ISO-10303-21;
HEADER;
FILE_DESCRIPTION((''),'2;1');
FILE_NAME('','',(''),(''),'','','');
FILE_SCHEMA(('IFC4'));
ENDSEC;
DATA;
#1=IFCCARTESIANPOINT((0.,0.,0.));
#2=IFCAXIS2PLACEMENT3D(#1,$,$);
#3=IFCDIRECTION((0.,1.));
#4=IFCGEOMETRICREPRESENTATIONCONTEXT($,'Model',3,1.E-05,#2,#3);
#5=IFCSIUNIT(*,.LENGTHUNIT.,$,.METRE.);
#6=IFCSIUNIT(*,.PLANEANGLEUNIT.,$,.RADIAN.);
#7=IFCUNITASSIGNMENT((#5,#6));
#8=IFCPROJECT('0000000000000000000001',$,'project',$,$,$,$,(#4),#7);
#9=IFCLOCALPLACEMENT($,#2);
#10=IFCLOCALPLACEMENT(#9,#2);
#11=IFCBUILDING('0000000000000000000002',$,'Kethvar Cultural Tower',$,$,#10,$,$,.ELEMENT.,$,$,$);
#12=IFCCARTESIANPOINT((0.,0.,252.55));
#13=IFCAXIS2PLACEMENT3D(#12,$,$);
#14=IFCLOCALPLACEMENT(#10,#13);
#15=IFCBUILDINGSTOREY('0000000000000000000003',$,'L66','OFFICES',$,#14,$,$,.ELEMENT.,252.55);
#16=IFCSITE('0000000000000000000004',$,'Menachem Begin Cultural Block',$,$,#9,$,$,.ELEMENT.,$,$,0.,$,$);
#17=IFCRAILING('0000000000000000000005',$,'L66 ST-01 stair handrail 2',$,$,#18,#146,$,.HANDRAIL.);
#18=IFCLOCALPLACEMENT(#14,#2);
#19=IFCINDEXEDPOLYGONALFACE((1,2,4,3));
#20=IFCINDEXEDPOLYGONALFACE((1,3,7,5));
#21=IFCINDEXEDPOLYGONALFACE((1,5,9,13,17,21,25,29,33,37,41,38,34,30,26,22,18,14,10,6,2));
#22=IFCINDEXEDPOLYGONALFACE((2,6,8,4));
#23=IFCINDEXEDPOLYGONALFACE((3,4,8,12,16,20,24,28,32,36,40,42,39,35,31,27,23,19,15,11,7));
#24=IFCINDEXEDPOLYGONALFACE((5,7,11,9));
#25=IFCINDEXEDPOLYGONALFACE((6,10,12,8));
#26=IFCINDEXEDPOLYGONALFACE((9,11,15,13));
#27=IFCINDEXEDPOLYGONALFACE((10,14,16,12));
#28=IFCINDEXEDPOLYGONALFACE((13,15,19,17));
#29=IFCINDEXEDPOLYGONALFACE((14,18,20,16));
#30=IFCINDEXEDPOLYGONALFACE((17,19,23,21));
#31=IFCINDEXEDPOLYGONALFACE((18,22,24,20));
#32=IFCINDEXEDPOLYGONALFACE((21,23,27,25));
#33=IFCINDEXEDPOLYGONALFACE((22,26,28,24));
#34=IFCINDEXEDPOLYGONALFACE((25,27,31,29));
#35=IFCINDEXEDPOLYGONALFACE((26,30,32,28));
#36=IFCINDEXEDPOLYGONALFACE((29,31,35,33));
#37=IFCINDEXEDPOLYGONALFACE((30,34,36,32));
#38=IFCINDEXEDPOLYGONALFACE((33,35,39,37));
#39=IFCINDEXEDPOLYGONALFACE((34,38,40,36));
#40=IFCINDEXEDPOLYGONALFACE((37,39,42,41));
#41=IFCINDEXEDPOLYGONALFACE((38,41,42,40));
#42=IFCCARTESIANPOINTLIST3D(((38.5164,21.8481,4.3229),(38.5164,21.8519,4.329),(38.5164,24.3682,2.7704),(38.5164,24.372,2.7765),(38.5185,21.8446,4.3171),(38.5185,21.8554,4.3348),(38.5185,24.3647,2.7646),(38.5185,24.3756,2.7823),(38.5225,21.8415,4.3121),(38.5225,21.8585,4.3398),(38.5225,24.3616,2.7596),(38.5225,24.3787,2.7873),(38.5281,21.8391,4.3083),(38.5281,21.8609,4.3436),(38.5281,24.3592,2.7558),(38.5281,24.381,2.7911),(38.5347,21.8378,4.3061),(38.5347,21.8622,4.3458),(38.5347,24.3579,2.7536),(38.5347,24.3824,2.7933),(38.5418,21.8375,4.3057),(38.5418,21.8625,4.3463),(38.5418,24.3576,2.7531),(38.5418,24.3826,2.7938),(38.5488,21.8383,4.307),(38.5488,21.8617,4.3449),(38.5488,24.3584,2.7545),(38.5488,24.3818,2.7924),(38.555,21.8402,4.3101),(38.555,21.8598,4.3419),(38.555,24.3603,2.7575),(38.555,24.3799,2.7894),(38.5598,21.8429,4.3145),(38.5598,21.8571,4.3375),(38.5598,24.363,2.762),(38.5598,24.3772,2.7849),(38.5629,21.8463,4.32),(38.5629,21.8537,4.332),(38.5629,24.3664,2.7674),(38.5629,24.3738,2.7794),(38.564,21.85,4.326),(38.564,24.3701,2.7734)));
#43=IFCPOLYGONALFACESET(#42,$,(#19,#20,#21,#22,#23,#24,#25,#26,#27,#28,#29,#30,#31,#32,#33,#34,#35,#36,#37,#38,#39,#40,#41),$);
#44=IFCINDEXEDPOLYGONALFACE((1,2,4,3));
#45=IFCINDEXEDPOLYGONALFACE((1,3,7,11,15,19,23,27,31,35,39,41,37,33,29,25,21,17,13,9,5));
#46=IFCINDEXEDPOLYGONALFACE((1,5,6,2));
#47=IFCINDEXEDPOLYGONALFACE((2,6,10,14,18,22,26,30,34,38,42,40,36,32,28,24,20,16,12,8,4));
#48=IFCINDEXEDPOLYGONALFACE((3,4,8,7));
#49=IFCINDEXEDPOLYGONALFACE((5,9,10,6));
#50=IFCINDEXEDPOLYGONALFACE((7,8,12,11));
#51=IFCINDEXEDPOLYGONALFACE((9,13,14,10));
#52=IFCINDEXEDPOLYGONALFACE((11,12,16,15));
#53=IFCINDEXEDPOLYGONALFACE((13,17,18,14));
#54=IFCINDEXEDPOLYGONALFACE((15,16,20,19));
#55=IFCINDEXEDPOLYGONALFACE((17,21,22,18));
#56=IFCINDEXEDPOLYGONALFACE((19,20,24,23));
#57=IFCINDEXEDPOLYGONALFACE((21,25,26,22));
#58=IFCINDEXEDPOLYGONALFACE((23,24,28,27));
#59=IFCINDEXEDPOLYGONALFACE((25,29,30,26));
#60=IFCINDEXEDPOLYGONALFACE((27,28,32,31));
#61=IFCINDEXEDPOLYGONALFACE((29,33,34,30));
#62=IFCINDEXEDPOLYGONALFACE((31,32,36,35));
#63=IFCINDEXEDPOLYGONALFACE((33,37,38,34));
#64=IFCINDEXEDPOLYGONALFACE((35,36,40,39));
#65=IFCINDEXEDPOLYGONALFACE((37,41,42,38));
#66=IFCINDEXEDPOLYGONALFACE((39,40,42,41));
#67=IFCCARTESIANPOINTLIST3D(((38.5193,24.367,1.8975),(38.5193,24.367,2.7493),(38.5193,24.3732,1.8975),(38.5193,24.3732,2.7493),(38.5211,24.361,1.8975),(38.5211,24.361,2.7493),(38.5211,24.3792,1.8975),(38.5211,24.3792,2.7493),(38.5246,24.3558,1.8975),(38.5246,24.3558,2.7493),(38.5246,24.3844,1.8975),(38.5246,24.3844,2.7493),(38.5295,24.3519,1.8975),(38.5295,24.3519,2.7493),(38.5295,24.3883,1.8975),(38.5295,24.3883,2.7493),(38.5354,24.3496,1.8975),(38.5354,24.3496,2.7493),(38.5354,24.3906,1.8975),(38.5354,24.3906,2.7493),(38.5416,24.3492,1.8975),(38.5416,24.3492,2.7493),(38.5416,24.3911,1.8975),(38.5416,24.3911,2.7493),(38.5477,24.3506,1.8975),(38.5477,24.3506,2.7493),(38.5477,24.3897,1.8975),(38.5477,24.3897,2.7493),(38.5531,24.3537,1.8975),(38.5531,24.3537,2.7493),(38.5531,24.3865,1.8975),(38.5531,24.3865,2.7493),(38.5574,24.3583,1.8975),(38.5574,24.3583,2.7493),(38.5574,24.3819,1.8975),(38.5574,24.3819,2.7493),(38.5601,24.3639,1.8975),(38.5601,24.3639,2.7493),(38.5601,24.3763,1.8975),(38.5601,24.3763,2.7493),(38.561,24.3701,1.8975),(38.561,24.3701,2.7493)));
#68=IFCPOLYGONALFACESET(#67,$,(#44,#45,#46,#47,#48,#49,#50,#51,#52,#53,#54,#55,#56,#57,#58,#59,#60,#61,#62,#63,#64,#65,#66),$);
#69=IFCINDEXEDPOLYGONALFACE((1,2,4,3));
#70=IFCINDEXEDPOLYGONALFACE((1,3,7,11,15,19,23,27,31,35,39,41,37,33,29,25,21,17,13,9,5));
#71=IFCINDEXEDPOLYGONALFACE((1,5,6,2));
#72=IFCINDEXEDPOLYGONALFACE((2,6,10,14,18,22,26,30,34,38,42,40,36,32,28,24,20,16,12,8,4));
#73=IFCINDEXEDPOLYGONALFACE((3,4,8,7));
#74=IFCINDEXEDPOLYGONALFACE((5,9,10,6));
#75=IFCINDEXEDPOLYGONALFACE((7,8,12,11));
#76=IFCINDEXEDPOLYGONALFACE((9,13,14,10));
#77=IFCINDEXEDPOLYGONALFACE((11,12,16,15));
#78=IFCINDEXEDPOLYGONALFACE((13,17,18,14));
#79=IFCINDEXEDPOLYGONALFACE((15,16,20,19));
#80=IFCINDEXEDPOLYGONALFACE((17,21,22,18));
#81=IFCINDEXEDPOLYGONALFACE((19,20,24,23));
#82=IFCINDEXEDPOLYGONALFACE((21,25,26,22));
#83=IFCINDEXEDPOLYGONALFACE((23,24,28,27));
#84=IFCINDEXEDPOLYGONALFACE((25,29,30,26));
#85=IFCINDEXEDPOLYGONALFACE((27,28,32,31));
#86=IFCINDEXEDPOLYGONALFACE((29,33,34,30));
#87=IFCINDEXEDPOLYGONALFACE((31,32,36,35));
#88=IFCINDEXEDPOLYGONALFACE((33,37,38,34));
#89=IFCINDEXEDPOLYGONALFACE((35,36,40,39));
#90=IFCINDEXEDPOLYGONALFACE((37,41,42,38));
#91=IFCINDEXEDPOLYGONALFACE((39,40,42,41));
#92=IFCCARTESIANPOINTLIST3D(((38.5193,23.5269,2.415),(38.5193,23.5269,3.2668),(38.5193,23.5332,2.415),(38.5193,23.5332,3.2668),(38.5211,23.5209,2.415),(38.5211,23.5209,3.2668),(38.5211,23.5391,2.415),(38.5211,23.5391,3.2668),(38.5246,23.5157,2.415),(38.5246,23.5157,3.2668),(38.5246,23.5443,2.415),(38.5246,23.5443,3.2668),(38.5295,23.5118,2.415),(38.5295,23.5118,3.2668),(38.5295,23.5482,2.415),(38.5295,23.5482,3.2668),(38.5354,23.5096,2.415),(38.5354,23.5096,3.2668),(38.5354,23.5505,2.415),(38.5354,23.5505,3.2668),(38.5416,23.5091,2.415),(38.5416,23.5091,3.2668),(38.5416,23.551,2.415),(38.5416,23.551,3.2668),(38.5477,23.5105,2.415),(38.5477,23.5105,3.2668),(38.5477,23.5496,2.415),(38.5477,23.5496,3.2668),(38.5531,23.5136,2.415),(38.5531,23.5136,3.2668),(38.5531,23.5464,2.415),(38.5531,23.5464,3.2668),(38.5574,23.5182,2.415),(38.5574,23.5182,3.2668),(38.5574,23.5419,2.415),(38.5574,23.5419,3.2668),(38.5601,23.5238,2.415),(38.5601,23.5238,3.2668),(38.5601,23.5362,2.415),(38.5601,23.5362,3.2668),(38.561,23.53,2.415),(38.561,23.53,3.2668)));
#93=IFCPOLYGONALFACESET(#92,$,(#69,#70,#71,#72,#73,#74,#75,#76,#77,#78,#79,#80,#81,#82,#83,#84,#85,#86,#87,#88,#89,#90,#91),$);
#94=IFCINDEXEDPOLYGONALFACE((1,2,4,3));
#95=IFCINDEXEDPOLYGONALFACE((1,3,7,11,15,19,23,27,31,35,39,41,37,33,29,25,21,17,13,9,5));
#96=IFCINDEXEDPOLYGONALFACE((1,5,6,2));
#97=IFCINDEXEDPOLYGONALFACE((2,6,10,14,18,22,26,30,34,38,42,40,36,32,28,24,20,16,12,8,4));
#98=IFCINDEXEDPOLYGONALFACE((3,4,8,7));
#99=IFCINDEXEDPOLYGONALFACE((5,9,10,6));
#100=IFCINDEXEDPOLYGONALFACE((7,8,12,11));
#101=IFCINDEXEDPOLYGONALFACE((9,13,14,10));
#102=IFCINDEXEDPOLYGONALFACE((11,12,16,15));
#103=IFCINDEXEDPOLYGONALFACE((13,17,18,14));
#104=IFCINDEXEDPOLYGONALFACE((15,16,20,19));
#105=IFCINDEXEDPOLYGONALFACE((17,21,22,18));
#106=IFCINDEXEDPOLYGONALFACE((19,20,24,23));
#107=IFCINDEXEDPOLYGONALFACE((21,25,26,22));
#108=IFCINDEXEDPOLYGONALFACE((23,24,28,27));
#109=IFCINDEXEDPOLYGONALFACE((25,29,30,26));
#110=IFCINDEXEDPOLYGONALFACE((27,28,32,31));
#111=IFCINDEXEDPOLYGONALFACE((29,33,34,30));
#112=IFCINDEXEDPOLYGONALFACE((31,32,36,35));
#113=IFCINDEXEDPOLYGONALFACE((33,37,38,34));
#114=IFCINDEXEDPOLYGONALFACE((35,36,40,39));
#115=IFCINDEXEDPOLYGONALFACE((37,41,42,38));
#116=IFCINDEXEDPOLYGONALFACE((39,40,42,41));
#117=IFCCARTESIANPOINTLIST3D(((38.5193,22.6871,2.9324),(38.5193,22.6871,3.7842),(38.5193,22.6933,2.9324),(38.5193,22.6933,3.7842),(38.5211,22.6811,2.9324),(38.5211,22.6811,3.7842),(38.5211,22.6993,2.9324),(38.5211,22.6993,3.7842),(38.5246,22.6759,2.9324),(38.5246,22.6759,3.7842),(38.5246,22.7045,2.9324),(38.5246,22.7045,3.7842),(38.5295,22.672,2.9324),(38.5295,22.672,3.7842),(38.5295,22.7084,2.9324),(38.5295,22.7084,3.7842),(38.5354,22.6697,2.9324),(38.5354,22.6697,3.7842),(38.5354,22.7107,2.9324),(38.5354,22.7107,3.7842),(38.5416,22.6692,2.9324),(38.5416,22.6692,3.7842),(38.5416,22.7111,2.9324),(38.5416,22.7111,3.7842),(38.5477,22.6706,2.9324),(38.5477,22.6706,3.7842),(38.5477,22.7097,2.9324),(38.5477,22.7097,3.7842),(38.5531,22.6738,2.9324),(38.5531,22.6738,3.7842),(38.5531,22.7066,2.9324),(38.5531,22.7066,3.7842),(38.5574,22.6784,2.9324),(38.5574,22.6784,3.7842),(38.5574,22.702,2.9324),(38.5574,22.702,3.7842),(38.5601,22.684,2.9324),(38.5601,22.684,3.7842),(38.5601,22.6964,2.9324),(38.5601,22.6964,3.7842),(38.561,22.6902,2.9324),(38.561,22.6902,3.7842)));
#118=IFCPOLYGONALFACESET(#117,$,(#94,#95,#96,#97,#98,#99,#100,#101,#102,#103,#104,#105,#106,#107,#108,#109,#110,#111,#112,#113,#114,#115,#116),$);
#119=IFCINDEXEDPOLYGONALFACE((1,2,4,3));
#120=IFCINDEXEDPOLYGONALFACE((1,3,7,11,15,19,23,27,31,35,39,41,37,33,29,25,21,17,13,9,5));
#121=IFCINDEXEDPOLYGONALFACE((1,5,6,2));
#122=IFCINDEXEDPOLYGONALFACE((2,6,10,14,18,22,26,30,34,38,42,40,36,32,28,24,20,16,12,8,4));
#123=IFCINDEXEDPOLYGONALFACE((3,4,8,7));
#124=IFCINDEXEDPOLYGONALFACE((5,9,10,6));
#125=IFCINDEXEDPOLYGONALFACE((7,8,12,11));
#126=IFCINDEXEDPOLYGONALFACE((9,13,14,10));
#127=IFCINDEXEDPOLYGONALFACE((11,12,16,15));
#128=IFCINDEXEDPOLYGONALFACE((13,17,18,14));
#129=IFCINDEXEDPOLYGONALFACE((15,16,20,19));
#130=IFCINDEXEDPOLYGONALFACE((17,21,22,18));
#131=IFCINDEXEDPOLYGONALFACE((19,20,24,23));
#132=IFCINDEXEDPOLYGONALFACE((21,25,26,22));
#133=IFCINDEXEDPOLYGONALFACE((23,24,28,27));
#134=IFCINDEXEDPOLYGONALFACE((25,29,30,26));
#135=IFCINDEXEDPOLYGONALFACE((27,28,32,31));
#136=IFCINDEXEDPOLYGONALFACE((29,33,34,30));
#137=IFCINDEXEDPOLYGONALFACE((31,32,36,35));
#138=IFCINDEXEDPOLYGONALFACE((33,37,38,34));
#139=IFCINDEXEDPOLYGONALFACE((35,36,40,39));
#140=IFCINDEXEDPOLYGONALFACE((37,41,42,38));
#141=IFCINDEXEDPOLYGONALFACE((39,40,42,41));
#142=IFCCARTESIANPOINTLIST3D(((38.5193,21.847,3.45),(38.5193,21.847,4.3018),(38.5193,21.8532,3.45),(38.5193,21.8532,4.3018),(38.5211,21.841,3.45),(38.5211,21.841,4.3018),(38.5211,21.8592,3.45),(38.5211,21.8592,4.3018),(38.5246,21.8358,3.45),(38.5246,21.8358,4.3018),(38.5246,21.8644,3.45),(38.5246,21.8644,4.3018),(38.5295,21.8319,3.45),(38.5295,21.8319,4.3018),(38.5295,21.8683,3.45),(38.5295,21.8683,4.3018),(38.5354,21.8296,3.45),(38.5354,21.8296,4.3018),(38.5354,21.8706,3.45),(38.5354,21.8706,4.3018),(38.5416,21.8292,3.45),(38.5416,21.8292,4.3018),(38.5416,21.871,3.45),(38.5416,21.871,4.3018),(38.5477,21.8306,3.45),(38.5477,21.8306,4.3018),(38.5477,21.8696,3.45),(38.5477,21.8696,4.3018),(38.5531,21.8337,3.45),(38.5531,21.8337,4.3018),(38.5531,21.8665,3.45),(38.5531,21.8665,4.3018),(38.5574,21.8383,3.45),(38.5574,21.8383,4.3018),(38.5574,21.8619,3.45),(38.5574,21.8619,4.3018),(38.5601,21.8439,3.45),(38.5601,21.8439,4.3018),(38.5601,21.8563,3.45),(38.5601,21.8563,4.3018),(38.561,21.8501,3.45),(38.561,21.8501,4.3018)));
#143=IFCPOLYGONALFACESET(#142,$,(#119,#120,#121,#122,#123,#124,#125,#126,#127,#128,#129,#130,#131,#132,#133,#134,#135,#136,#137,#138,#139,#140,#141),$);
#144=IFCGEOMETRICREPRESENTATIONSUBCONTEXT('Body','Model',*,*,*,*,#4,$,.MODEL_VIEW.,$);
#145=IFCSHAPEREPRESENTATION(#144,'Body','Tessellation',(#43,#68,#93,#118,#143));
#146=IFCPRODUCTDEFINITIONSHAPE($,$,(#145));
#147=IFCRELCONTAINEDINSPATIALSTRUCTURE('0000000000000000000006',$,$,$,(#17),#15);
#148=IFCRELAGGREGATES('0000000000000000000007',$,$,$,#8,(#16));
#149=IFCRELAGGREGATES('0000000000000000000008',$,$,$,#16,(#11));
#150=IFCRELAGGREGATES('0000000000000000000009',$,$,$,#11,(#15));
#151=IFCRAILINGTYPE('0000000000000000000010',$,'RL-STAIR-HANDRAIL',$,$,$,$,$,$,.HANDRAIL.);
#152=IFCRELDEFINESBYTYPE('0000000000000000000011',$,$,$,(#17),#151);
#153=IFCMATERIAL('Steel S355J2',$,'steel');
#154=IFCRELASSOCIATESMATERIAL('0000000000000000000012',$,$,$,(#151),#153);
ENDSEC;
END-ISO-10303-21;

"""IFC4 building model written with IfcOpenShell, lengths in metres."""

from ifc_helpers import new_model, si_unit, direction, frame, origin, origin_2d, place, context, subcontext, project, spatial, circle, extrude, material, type_object, element, save


model = new_model("IFC4")

# Units and contexts
model_context = context("Model", 3, precision=1e-05, world=origin(), true_north=direction((0.0, 1.0)))
body_context = subcontext(model_context, "Body", "Model", "MODEL_VIEW")
ifc_project = project(units=[si_unit("LENGTHUNIT", "METRE"), si_unit("PLANEANGLEUNIT", "RADIAN")], contexts=[model_context])

# Site, building, storey
site_placement = place(None, origin())
site = spatial("IfcSite", under=ifc_project, at=site_placement, Name="Menachem Begin Cultural Block", CompositionType="ELEMENT", RefElevation=0.0)
building_placement = place(site_placement, origin())
building = spatial("IfcBuilding", under=site, at=building_placement, Name="Kethvar Cultural Tower", CompositionType="ELEMENT")
storey_placement = place(building_placement, frame((0.0, 0.0, 252.55)))
storey = spatial("IfcBuildingStorey", under=building, at=storey_placement, Name="L66", Description="OFFICES", CompositionType="ELEMENT", Elevation=252.55)

# Shared definitions
ifc_material_1 = material(Name="Steel S355J2", Category="steel")

# Railing
railing_type_1 = type_object("IfcRailingType", Name="RL-STAIR-HANDRAIL", PredefinedType="HANDRAIL", material=ifc_material_1)
railing_1_placement = place(storey_placement, frame((38.54, 24.3701, 1.8975)))
element("IfcRailing", 1, at=railing_1_placement, inside=storey, type_object=railing_type_1, Name="L66 ST-01 stair handrail 2", PredefinedType="HANDRAIL", context=body_context, shape_type="SweptSolid", body=[
    extrude(circle(Radius=0.0239, at=origin_2d()), frame((0.0, 0.0, 0.876), z_axis=(0.0, -0.8514, 0.524516), x_axis=(1.0, 0.0, 0.0)), (0.0, 0.0, 1.0), 2.96),
    extrude(circle(Radius=0.021, at=origin_2d()), origin(), (0.0, 0.0, 1.0), 0.8518),
    extrude(circle(Radius=0.021, at=origin_2d()), frame((0.0, -0.8401, 0.5176)), (0.0, 0.0, 1.0), 0.8518),
    extrude(circle(Radius=0.021, at=origin_2d()), frame((0.0, -1.6799, 1.0349)), (0.0, 0.0, 1.0), 0.8518),
    extrude(circle(Radius=0.021, at=origin_2d()), frame((0.0, -2.52, 1.5525)), (0.0, 0.0, 1.0), 0.8518),
])

save(model, "model.ifc")
